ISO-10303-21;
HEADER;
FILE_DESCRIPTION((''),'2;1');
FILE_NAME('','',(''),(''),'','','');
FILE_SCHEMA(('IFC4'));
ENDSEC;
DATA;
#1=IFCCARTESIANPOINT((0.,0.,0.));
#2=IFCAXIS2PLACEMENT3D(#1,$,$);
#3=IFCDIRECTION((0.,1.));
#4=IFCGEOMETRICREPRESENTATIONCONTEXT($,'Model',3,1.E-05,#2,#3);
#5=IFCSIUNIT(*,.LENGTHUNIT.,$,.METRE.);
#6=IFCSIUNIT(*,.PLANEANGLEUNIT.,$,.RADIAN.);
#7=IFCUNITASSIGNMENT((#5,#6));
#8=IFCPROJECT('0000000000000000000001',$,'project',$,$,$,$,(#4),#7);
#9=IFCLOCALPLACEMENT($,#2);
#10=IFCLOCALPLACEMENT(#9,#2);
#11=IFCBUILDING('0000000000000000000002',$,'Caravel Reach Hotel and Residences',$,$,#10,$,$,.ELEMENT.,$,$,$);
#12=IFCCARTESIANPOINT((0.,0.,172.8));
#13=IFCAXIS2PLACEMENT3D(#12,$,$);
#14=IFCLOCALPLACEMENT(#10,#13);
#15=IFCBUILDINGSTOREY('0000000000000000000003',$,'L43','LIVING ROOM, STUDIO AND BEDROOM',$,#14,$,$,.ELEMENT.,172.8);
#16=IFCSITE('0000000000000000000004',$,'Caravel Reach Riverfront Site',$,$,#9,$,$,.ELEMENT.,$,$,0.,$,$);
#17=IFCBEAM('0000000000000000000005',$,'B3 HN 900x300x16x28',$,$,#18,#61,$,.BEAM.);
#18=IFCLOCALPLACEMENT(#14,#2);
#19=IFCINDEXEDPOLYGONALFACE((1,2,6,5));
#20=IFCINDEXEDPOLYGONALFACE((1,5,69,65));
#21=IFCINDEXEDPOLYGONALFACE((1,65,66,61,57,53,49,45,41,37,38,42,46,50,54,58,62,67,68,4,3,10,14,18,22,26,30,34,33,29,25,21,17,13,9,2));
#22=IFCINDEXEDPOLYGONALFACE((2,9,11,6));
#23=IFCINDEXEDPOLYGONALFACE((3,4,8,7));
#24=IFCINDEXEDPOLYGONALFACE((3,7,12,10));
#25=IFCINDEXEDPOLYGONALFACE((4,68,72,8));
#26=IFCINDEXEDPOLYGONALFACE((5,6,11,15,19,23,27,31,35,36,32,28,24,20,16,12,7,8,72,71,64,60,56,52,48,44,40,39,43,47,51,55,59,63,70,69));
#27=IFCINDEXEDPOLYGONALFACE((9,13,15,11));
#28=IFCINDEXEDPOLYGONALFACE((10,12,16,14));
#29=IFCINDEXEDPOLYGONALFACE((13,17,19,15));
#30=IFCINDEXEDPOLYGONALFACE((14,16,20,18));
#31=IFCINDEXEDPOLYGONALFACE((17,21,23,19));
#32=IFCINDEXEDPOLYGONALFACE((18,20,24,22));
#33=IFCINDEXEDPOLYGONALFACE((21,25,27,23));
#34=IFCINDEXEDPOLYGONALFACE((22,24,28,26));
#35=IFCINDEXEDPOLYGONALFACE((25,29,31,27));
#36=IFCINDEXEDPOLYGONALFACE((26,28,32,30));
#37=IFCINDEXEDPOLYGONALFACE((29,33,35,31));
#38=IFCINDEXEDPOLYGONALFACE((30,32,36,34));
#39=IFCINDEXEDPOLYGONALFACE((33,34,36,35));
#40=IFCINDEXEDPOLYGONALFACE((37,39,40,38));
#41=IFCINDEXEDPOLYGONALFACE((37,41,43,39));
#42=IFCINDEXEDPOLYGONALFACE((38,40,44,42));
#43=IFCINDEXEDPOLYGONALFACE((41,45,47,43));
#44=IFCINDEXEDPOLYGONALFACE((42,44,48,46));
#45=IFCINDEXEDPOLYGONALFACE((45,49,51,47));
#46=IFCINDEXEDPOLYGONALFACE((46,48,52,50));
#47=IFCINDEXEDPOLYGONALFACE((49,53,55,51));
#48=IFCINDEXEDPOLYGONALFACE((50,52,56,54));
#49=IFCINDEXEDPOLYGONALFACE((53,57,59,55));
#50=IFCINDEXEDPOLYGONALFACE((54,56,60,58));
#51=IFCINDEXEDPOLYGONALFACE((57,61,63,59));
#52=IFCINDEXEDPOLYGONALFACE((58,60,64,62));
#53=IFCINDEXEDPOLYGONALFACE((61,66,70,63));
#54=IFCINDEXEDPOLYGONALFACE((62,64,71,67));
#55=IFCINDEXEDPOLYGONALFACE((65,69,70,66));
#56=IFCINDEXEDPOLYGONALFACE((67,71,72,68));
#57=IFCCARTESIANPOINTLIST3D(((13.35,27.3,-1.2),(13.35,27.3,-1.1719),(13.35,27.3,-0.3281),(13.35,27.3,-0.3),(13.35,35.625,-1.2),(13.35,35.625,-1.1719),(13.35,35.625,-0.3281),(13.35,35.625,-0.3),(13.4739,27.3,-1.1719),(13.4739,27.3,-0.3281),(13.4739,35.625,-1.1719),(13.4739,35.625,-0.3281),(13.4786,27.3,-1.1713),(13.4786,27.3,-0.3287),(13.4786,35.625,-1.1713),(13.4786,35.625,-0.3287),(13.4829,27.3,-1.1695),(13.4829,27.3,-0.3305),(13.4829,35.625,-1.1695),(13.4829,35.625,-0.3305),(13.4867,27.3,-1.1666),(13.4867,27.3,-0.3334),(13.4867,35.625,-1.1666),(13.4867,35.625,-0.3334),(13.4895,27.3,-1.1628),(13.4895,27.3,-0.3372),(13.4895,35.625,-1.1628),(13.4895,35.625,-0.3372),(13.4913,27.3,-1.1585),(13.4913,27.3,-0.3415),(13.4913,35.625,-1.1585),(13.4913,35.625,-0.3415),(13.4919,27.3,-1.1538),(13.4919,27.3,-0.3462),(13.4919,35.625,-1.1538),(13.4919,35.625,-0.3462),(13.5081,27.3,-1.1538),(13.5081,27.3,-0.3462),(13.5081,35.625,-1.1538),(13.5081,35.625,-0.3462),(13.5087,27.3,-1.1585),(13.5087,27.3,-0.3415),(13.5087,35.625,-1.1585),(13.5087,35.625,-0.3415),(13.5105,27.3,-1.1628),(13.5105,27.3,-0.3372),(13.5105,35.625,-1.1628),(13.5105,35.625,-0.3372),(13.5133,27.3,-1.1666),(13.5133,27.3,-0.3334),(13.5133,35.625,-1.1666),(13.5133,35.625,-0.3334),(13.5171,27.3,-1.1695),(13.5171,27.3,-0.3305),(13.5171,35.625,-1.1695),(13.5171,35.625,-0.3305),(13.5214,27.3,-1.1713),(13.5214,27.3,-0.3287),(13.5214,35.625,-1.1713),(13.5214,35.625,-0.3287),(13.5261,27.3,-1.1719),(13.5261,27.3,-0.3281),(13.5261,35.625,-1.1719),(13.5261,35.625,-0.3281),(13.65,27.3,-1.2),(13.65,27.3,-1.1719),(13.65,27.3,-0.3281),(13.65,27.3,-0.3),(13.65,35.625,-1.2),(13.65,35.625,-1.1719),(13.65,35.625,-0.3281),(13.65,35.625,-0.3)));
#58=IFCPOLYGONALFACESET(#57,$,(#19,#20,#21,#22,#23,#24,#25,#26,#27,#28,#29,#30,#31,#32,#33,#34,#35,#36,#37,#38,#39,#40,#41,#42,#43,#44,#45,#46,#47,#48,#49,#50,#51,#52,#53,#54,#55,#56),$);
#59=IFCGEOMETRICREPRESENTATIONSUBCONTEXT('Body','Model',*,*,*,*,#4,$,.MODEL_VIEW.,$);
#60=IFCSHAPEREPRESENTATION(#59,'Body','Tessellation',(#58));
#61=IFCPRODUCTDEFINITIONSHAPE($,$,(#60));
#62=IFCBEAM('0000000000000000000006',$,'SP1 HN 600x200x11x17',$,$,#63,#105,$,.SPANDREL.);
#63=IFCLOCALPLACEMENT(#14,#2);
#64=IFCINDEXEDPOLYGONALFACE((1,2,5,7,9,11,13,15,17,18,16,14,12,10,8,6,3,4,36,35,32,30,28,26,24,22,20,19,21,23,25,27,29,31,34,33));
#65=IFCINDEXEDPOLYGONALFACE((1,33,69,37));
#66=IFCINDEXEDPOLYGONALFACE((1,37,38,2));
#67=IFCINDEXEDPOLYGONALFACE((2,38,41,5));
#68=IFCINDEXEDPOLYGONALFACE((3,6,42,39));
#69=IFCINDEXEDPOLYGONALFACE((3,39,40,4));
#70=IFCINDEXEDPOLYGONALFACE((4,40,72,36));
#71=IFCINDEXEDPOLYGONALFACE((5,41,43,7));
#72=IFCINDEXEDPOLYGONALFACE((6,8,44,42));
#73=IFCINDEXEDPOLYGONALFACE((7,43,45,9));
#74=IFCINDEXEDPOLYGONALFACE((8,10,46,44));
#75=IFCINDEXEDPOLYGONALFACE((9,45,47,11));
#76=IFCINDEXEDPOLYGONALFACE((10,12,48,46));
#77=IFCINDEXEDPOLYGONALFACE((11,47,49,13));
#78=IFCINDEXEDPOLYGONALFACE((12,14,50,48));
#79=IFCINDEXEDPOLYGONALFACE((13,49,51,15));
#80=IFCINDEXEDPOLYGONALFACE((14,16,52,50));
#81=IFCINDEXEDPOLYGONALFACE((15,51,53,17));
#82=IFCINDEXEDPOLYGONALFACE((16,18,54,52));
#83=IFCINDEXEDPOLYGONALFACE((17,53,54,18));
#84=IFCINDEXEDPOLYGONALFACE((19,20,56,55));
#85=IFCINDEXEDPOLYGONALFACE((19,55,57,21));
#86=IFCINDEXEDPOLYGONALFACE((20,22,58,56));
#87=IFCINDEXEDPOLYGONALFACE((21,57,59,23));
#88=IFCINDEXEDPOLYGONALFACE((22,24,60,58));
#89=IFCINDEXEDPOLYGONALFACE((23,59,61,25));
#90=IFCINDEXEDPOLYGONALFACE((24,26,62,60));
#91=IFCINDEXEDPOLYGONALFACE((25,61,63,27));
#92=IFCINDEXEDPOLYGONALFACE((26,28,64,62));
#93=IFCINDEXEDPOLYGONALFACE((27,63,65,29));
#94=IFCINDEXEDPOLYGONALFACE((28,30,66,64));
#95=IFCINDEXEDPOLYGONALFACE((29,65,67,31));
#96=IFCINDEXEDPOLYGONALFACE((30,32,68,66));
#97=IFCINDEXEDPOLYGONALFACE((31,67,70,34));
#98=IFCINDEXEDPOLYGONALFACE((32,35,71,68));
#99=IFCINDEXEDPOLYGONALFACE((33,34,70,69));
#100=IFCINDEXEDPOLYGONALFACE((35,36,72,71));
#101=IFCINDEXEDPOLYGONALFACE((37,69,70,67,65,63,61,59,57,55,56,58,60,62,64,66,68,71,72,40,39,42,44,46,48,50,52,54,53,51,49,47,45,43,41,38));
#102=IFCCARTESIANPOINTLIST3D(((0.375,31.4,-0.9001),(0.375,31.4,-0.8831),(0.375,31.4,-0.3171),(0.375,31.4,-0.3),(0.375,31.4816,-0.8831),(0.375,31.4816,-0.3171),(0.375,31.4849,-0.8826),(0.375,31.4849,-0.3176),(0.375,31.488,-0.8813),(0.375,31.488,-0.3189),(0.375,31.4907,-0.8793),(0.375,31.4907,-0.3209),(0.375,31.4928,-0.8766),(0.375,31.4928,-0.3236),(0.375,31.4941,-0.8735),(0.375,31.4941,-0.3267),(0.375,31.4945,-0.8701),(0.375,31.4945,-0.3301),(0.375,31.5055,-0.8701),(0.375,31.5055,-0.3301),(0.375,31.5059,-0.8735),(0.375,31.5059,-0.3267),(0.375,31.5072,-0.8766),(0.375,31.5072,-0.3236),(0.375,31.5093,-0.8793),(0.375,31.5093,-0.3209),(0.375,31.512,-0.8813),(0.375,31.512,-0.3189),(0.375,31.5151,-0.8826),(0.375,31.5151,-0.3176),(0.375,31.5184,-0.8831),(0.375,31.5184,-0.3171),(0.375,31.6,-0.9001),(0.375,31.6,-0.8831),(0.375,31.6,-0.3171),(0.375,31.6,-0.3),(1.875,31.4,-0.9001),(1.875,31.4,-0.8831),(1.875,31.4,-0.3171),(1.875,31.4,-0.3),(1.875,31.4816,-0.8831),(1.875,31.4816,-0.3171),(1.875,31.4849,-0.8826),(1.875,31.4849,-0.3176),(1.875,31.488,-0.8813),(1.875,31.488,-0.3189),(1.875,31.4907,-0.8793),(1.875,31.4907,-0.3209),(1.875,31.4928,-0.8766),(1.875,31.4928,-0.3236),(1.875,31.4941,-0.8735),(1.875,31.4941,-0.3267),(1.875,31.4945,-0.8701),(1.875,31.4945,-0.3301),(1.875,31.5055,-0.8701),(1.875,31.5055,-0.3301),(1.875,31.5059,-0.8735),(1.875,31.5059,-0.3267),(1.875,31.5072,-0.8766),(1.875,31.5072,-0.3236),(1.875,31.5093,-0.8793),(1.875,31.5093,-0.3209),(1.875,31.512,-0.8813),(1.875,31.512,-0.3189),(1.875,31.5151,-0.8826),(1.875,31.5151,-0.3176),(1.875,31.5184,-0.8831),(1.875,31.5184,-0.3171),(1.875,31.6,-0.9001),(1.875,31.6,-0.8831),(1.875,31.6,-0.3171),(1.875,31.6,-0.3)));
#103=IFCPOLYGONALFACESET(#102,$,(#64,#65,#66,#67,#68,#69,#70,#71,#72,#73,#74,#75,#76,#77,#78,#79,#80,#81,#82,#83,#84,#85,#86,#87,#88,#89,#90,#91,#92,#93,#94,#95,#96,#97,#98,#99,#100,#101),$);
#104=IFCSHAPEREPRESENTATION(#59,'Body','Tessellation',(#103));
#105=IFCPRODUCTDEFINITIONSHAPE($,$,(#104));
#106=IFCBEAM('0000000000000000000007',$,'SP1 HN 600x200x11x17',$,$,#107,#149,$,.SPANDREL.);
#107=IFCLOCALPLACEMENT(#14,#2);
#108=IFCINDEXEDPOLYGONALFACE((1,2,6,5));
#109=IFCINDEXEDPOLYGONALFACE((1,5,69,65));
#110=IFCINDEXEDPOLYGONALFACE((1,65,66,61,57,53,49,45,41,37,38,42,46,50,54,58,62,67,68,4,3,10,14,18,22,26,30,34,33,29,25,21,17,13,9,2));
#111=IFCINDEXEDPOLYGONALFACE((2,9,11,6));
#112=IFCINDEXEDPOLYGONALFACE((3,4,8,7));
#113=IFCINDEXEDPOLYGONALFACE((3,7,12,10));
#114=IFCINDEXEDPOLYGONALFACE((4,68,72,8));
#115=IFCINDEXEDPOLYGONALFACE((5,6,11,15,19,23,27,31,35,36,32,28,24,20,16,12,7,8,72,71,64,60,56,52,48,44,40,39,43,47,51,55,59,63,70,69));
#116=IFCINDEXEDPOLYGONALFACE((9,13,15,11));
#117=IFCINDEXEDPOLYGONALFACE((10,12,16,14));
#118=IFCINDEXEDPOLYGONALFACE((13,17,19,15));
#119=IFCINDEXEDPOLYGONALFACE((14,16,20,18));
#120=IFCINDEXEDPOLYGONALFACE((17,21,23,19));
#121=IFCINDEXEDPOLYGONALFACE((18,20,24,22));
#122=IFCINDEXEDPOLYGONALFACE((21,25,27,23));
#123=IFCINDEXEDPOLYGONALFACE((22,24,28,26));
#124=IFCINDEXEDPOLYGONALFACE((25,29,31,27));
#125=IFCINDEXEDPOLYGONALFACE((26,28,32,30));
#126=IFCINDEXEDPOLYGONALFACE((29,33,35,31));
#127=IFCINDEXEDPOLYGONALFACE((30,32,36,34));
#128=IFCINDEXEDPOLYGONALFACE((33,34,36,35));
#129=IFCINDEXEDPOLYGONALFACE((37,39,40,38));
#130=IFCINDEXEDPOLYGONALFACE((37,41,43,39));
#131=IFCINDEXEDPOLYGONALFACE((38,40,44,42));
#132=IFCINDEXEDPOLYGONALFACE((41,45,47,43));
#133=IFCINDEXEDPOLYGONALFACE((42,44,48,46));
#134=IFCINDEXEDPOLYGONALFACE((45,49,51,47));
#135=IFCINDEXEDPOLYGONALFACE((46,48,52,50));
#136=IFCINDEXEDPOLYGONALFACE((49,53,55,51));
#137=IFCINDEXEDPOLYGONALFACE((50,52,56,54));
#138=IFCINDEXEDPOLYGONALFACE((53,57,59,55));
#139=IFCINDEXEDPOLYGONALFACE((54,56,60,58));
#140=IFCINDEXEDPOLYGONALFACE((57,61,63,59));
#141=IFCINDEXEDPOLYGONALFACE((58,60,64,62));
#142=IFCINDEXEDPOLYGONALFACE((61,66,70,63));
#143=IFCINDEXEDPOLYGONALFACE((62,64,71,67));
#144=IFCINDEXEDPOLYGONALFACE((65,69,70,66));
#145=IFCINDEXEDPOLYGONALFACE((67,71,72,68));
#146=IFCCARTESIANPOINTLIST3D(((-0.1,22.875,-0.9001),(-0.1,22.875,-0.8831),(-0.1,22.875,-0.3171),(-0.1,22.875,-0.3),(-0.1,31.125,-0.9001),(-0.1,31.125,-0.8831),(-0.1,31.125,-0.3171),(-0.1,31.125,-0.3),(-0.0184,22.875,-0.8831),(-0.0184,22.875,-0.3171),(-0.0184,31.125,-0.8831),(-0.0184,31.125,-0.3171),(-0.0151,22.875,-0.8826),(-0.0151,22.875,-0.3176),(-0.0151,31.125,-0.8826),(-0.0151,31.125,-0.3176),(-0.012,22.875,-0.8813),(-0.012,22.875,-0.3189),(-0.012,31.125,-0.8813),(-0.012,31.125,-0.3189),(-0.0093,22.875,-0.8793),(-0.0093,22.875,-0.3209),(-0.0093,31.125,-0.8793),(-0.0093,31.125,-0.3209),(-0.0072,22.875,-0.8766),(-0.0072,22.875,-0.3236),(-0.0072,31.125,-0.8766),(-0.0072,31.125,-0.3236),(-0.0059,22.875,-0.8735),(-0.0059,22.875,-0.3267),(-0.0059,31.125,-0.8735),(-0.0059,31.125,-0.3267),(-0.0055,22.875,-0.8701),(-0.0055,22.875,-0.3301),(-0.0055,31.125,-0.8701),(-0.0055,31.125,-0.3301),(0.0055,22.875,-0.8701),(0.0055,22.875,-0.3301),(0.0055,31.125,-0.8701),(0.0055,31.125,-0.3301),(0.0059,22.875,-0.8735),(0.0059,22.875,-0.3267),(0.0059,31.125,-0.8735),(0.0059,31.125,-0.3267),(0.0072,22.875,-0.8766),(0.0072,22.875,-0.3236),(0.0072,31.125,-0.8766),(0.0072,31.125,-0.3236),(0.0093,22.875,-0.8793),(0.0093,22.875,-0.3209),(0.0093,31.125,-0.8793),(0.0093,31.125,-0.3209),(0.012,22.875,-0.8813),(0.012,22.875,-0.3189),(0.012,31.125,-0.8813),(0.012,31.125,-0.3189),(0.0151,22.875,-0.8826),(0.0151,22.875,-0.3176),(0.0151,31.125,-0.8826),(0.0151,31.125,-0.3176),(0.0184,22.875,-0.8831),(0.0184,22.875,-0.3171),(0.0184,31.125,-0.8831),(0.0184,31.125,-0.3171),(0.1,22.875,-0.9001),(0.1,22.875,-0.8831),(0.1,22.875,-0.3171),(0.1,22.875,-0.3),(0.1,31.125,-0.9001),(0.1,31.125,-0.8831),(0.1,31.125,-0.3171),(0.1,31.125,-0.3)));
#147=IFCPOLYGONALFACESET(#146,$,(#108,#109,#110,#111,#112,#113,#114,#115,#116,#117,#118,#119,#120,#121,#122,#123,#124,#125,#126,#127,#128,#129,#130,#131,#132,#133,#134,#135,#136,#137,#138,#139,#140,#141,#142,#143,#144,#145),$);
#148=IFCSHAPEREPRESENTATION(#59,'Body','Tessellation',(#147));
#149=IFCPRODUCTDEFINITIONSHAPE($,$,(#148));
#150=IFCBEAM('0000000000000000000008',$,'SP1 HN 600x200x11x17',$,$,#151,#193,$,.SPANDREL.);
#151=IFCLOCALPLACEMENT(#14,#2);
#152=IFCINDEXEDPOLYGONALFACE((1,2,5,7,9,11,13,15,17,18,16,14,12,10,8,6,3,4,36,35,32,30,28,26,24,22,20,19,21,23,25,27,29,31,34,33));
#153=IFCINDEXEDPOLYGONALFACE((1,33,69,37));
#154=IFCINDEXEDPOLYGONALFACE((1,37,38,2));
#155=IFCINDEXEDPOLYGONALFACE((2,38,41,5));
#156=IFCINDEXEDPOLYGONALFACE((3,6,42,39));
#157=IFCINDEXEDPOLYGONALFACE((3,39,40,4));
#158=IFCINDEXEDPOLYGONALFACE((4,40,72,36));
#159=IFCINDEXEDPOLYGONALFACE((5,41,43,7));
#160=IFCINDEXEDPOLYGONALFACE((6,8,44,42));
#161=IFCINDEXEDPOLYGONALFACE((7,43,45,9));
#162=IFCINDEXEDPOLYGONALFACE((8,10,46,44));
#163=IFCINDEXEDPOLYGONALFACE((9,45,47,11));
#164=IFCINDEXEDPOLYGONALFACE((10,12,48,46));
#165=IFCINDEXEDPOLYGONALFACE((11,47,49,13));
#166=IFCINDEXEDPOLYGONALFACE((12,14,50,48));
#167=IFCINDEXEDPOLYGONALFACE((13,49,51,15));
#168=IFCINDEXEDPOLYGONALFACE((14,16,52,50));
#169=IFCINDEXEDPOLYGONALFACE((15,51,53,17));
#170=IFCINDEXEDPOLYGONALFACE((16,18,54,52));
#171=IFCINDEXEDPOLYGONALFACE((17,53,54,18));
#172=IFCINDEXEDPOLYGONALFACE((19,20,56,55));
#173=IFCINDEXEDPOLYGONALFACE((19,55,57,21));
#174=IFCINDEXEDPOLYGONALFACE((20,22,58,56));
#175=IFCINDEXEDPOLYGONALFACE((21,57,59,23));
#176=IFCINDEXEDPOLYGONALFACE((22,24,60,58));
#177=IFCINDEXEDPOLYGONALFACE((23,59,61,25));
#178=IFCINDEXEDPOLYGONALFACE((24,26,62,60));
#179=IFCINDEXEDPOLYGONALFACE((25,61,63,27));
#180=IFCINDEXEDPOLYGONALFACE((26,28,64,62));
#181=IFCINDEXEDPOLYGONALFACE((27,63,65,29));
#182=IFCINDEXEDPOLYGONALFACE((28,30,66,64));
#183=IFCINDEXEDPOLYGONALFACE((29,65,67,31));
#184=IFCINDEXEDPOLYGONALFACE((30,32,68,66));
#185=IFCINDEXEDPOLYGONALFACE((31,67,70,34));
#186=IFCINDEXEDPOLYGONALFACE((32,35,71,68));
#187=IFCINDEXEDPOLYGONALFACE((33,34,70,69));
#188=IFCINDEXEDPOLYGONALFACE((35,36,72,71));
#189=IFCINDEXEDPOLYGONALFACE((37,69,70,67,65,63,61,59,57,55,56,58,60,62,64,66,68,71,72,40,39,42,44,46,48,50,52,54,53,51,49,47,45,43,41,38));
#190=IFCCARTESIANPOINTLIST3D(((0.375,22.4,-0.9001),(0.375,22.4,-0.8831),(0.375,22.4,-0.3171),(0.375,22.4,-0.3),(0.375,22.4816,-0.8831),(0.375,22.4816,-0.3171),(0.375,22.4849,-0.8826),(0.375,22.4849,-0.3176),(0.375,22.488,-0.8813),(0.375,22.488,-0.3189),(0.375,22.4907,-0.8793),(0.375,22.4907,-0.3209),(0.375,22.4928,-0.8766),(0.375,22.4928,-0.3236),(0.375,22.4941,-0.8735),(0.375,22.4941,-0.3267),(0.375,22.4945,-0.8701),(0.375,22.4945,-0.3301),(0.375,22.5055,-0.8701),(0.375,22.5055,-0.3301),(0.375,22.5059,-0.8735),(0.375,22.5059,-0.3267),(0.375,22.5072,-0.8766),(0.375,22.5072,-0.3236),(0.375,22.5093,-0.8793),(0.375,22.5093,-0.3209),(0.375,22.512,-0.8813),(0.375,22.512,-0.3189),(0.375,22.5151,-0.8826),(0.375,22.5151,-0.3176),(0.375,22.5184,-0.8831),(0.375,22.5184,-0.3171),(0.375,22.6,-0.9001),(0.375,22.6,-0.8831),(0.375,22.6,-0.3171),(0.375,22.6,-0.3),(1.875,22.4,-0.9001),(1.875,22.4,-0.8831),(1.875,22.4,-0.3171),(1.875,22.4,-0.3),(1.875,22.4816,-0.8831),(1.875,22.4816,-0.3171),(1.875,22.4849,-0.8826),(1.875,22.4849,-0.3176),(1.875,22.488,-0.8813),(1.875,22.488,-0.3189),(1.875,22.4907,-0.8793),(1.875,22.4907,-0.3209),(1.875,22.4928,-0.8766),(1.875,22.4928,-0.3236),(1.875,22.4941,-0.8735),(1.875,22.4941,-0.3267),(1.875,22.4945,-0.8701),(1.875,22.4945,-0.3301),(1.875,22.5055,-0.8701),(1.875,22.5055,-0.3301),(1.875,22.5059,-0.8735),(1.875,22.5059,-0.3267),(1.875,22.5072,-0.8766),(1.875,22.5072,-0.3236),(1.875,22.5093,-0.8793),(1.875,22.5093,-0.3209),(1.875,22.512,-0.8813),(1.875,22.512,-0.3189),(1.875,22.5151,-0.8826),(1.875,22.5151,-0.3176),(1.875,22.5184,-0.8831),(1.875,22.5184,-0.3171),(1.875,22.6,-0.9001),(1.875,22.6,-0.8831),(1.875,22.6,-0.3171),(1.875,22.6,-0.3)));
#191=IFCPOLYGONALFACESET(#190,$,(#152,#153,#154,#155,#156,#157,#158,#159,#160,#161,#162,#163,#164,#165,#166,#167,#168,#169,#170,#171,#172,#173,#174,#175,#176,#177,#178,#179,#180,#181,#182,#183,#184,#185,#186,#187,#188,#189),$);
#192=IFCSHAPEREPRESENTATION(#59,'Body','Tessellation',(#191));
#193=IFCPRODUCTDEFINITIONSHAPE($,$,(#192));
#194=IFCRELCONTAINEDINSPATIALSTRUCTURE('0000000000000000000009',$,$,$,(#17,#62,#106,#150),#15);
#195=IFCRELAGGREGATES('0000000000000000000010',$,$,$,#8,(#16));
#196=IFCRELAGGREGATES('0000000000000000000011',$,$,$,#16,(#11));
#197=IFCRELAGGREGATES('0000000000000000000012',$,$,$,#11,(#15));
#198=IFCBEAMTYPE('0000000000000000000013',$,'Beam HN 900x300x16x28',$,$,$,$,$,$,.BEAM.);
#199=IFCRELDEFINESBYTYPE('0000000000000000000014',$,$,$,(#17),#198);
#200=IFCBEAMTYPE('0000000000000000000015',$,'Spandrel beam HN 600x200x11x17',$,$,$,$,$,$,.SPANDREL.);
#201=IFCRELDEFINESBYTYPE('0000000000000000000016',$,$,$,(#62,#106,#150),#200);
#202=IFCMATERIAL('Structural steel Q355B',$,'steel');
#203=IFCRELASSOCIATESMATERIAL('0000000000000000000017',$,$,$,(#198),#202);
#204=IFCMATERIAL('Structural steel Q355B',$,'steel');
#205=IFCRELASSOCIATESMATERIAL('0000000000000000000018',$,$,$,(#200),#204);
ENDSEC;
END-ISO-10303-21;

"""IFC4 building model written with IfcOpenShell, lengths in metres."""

from ifc_helpers import new_model, si_unit, direction, frame, origin, origin_2d, place, context, subcontext, project, spatial, i_section, extrude, material, material_profile, profile_set, type_object, element, save


model = new_model("IFC4")

# Units and contexts
model_context = context("Model", 3, precision=1e-05, world=origin(), true_north=direction((0.0, 1.0)))
body_context = subcontext(model_context, "Body", "Model", "MODEL_VIEW")
ifc_project = project(units=[si_unit("LENGTHUNIT", "METRE"), si_unit("PLANEANGLEUNIT", "RADIAN")], contexts=[model_context])

# Site, building, storey
site_placement = place(None, origin())
site = spatial("IfcSite", under=ifc_project, at=site_placement, Name="Caravel Reach Riverfront Site", CompositionType="ELEMENT", RefElevation=0.0)
building_placement = place(site_placement, origin())
building = spatial("IfcBuilding", under=site, at=building_placement, Name="Caravel Reach Hotel and Residences", CompositionType="ELEMENT")
storey_placement = place(building_placement, frame((0.0, 0.0, 172.8)))
storey = spatial("IfcBuildingStorey", under=building, at=storey_placement, Name="L43", Description="LIVING ROOM, STUDIO AND BEDROOM", CompositionType="ELEMENT", Elevation=172.8)

# Beams
ifc_material_1 = material(Name="Structural steel Q355B", Category="steel")
ifc_material_profile_1 = material_profile(ifc_material_1, i_section(OverallWidth=0.3, OverallDepth=0.8999, WebThickness=0.0161, FlangeThickness=0.0281, FilletRadius=0.0181, at=origin_2d()), Name="HN 900x300x16x28")
ifc_profile_set_1 = profile_set([ifc_material_profile_1], Name="Structural steel Q355B")
beam_type_1 = type_object("IfcBeamType", Name="Beam HN 900x300x16x28", PredefinedType="BEAM", material=ifc_profile_set_1)
beam_1_placement = place(storey_placement, frame((13.5, 27.3, -0.75), z_axis=(0.0, 1.0, 0.0), x_axis=(-1.0, 0.0, 0.0)))
element("IfcBeam", 1, at=beam_1_placement, inside=storey, type_object=beam_type_1, Name="B3 HN 900x300x16x28", PredefinedType="BEAM", context=body_context, shape_type="SweptSolid", body=[
    extrude(i_section(OverallWidth=0.3, OverallDepth=0.8999, WebThickness=0.0161, FlangeThickness=0.0281, FilletRadius=0.0181, at=origin_2d()), origin(), (0.0, 0.0, 1.0), 8.325),
])
ifc_material_2 = material(Name="Structural steel Q355B", Category="steel")
ifc_material_profile_2 = material_profile(ifc_material_2, i_section(OverallWidth=0.2, OverallDepth=0.6001, WebThickness=0.011, FlangeThickness=0.0171, FilletRadius=0.0129, at=origin_2d()), Name="HN 600x200x11x17")
ifc_profile_set_2 = profile_set([ifc_material_profile_2], Name="Structural steel Q355B")
beam_type_2 = type_object("IfcBeamType", Name="Spandrel beam HN 600x200x11x17", PredefinedType="SPANDREL", material=ifc_profile_set_2)
beam_2_placement = place(storey_placement, frame((1.875, 31.5, -0.6001), z_axis=(-1.0, 0.0, 0.0), x_axis=(0.0, -1.0, 0.0)))
element("IfcBeam", 2, at=beam_2_placement, inside=storey, type_object=beam_type_2, Name="SP1 HN 600x200x11x17", PredefinedType="SPANDREL", context=body_context, shape_type="SweptSolid", body=[
    extrude(i_section(OverallWidth=0.2, OverallDepth=0.6001, WebThickness=0.011, FlangeThickness=0.0171, FilletRadius=0.0129, at=origin_2d()), origin(), (0.0, 0.0, 1.0), 1.5),
])
beam_3_placement = place(storey_placement, frame((0.0, 31.125, -0.6001), z_axis=(0.0, -1.0, 0.0), x_axis=(1.0, 0.0, 0.0)))
element("IfcBeam", 3, at=beam_3_placement, inside=storey, type_object=beam_type_2, Name="SP1 HN 600x200x11x17", PredefinedType="SPANDREL", context=body_context, shape_type="SweptSolid", body=[
    extrude(i_section(OverallWidth=0.2, OverallDepth=0.6001, WebThickness=0.011, FlangeThickness=0.0171, FilletRadius=0.0129, at=origin_2d()), origin(), (0.0, 0.0, 1.0), 8.25),
])
beam_4_placement = place(storey_placement, frame((0.375, 22.5, -0.6001), z_axis=(1.0, 0.0, 0.0), x_axis=(0.0, 1.0, 0.0)))
element("IfcBeam", 4, at=beam_4_placement, inside=storey, type_object=beam_type_2, Name="SP1 HN 600x200x11x17", PredefinedType="SPANDREL", context=body_context, shape_type="SweptSolid", body=[
    extrude(i_section(OverallWidth=0.2, OverallDepth=0.6001, WebThickness=0.011, FlangeThickness=0.0171, FilletRadius=0.0129, at=origin_2d()), origin(), (0.0, 0.0, 1.0), 1.5),
])

save(model, "model.ifc")
